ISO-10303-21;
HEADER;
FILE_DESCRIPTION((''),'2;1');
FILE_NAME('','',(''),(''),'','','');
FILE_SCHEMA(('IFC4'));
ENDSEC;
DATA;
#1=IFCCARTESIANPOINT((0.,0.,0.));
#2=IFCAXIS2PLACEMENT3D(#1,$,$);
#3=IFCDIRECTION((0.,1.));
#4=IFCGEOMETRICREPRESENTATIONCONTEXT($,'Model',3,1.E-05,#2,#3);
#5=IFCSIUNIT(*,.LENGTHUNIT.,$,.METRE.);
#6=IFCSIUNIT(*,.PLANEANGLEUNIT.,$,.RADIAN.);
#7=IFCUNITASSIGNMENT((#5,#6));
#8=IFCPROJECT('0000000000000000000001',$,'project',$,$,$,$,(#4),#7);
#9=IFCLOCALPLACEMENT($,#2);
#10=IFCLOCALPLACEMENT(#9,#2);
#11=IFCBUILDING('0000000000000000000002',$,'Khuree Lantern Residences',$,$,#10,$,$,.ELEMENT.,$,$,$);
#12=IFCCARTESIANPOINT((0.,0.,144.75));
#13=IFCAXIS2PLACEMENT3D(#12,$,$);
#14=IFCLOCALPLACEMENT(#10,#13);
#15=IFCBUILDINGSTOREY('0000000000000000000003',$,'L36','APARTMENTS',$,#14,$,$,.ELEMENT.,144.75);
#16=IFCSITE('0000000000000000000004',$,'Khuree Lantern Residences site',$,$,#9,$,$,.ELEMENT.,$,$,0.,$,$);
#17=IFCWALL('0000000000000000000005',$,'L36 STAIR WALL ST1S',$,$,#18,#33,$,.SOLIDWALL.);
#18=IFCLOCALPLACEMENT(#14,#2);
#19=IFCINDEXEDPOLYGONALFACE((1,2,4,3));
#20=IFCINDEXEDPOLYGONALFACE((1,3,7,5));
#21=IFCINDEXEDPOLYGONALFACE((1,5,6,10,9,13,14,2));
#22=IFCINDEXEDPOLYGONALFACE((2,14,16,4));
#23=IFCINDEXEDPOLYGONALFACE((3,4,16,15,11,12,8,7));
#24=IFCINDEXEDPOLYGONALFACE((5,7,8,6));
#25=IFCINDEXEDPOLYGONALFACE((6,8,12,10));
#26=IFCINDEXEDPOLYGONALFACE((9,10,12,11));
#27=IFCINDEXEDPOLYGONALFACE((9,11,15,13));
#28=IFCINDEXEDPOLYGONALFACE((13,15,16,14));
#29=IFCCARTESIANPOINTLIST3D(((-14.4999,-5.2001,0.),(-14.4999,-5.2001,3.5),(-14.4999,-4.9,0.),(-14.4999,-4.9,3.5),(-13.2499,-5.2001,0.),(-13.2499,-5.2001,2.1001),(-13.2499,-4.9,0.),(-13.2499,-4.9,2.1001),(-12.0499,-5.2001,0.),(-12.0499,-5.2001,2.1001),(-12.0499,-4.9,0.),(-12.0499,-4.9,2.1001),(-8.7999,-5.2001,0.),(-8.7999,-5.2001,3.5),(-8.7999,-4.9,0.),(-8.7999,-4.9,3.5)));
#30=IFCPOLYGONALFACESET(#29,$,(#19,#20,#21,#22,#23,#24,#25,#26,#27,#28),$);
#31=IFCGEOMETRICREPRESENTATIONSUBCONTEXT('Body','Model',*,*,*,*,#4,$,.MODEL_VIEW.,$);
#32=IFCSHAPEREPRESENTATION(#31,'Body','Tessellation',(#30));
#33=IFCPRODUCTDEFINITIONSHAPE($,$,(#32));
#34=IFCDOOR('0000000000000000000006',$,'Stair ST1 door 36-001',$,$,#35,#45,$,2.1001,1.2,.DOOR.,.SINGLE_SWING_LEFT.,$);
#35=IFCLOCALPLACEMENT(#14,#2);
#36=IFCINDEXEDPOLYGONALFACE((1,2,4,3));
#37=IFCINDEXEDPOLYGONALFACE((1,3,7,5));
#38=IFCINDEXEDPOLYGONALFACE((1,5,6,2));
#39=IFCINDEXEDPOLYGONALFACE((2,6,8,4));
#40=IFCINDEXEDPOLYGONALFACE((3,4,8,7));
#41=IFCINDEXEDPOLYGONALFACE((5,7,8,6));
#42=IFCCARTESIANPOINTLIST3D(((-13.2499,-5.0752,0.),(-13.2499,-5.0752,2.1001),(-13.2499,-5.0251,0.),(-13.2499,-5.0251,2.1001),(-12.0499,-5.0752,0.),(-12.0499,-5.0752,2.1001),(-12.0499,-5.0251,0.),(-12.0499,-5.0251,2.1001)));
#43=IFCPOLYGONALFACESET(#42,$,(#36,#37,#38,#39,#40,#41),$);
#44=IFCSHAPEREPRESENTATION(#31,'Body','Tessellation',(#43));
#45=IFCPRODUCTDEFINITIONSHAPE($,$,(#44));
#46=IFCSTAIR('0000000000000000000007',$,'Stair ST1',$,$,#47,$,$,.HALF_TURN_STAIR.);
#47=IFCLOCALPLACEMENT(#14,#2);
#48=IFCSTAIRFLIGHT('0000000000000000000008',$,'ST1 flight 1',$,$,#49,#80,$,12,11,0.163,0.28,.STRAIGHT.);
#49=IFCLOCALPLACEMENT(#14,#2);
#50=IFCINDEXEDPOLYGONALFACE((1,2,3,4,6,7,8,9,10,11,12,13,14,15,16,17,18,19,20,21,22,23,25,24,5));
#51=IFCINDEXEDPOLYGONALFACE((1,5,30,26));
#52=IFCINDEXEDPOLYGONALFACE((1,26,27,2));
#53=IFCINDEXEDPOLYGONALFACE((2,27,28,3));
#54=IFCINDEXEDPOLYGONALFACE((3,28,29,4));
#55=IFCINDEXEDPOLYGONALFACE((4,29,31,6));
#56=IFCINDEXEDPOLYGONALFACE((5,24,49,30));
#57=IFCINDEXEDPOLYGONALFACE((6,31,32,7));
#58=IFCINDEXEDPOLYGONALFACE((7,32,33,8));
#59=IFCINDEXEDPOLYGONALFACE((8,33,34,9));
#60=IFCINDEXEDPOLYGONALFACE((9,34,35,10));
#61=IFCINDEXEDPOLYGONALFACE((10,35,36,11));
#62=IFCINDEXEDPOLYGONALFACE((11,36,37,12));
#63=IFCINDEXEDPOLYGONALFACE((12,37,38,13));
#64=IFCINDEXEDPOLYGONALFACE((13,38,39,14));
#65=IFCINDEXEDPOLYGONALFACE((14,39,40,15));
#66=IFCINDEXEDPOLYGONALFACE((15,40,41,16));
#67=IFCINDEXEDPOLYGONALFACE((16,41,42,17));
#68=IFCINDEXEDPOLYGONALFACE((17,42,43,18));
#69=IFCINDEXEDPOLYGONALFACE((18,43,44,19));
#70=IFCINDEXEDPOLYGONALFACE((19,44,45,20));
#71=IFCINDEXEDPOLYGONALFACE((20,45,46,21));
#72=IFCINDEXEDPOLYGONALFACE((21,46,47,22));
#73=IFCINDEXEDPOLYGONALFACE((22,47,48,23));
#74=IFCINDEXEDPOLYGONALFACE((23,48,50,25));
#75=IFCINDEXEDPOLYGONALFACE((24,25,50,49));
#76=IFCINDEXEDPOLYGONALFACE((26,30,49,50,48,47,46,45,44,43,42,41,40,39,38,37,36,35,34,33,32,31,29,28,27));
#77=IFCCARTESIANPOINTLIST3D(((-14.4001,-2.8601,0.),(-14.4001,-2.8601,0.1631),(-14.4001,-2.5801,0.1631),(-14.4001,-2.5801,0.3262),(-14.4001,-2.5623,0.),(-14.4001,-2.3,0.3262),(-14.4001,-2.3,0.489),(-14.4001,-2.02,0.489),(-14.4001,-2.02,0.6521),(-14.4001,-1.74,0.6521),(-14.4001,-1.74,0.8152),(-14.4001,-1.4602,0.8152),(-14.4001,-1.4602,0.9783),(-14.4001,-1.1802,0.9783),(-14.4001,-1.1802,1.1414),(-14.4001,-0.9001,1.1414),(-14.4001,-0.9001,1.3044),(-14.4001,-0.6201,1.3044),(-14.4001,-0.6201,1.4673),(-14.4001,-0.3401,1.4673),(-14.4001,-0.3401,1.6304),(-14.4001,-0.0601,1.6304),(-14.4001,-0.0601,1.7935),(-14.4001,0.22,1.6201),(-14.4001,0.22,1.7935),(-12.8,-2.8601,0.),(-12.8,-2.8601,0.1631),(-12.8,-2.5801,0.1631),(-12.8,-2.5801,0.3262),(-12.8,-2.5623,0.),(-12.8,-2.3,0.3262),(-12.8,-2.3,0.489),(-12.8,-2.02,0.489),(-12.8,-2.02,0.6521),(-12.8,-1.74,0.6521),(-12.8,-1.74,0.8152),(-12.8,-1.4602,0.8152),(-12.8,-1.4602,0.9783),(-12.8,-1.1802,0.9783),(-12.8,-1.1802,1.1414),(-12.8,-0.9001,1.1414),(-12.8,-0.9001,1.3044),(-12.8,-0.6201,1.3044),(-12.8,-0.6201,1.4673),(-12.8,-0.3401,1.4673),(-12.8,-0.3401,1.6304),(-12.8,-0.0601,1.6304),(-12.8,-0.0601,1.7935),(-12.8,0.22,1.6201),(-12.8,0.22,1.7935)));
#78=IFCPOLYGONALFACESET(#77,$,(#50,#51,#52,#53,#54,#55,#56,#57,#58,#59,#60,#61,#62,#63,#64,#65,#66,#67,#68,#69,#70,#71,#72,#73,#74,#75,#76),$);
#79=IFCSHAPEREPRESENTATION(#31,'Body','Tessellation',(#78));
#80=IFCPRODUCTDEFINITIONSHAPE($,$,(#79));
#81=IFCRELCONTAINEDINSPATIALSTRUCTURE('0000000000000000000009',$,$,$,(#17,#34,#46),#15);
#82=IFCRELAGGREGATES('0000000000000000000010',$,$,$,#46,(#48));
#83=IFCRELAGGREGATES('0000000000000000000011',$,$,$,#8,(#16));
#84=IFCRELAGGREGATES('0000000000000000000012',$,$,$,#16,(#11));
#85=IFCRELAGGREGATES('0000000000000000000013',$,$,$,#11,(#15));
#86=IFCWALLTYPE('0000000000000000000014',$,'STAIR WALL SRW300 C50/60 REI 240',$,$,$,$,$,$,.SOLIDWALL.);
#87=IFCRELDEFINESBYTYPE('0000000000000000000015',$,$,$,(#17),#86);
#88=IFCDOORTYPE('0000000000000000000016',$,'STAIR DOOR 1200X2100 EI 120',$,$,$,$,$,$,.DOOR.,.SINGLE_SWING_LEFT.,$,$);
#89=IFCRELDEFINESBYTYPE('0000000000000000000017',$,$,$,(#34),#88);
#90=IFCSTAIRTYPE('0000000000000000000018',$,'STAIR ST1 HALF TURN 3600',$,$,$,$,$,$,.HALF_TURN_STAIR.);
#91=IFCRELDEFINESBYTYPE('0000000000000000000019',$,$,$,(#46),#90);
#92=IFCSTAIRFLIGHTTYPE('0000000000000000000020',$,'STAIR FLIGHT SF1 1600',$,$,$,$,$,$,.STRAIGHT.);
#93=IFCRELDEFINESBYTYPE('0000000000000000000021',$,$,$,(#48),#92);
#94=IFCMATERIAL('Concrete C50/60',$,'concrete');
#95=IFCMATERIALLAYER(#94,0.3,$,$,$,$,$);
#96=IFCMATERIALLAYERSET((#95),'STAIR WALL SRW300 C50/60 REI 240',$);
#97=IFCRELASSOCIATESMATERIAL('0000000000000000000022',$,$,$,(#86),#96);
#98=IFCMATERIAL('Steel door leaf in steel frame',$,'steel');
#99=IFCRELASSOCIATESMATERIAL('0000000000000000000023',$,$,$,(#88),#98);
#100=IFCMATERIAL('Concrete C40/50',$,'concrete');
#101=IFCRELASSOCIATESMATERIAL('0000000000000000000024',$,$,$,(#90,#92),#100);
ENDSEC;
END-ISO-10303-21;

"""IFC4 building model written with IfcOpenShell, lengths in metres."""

from ifc_helpers import new_model, si_unit, direction, frame, frame_2d, origin, place, context, subcontext, project, spatial, polyline, rectangle, outline, extrude, material, layer, layer_set, type_object, element, fill, aggregate, save


model = new_model("IFC4")

# Units and contexts
model_context = context("Model", 3, precision=1e-05, world=origin(), true_north=direction((0.0, 1.0)))
body_context = subcontext(model_context, "Body", "Model", "MODEL_VIEW")
ifc_project = project(units=[si_unit("LENGTHUNIT", "METRE"), si_unit("PLANEANGLEUNIT", "RADIAN")], contexts=[model_context])

# Site, building, storey
site_placement = place(None, origin())
site = spatial("IfcSite", under=ifc_project, at=site_placement, Name="Khuree Lantern Residences site", CompositionType="ELEMENT", RefElevation=0.0)
building_placement = place(site_placement, origin())
building = spatial("IfcBuilding", under=site, at=building_placement, Name="Khuree Lantern Residences", CompositionType="ELEMENT")
storey_placement = place(building_placement, frame((0.0, 0.0, 144.75)))
storey = spatial("IfcBuildingStorey", under=building, at=storey_placement, Name="L36", Description="APARTMENTS", CompositionType="ELEMENT", Elevation=144.75)

# Shared definitions
ifc_material_1 = material(Name="Steel door leaf in steel frame", Category="steel")

# Shared definitions
ifc_material_2 = material(Name="Concrete C50/60", Category="concrete")
ifc_layer_1 = layer(ifc_material_2, 0.3)
ifc_layer_set_1 = layer_set([ifc_layer_1], Name="STAIR WALL SRW300 C50/60 REI 240")
wall_type_1 = type_object("IfcWallType", Name="STAIR WALL SRW300 C50/60 REI 240", PredefinedType="SOLIDWALL", material=ifc_layer_set_1)

# Wall, opening, door
wall_1_placement = place(storey_placement, frame((-14.5, -5.05, 0.0), z_axis=(0.0, 0.0, 1.0), x_axis=(1.0, 0.0, 0.0)))
wall_1 = element("IfcWall", 1, at=wall_1_placement, inside=storey, type_object=wall_type_1, Name="L36 STAIR WALL ST1S", PredefinedType="SOLIDWALL", context=body_context, shape_type="SweptSolid", body=[
    extrude(rectangle(XDim=5.7, YDim=0.3, at=frame_2d((2.8501, 0.0))), origin(), (0.0, 0.0, 1.0), 3.5),
])
opening_1_placement = place(wall_1_placement, frame((1.25, 0.0, 0.0)))
opening_1 = element("IfcOpeningElement", 2, at=opening_1_placement, cuts=wall_1, PredefinedType="OPENING", context=body_context, shape_type="SweptSolid", body=[
    extrude(rectangle(XDim=1.2, YDim=2.1001, at=frame_2d((0.6001, 1.05))), frame((0.0, 0.1602, 0.0), z_axis=(0.0, -1.0, 0.0), x_axis=(1.0, 0.0, 0.0)), (0.0, 0.0, 1.0), 0.3201),
])
door_type_1 = type_object("IfcDoorType", Name="STAIR DOOR 1200X2100 EI 120", OperationType="SINGLE_SWING_LEFT", PredefinedType="DOOR", material=ifc_material_1)
door_1_placement = place(opening_1_placement, origin())
door_1 = element("IfcDoor", 3, at=door_1_placement, inside=storey, type_object=door_type_1, Name="Stair ST1 door 36-001", OperationType="SINGLE_SWING_LEFT", OverallHeight=2.1001, OverallWidth=1.2, PredefinedType="DOOR", context=body_context, shape_type="SweptSolid", body=[
    extrude(rectangle(XDim=1.2, YDim=2.1001, at=frame_2d((0.6001, 1.05))), frame((0.0, 0.0249, 0.0), z_axis=(0.0, -1.0, 0.0), x_axis=(1.0, 0.0, 0.0)), (0.0, 0.0, 1.0), 0.05),
])
fill(opening_1, door_1)

# Stair, stair flight
ifc_material_3 = material(Name="Concrete C40/50", Category="concrete")
stair_type = type_object("IfcStairType", Name="STAIR ST1 HALF TURN 3600", PredefinedType="HALF_TURN_STAIR", material=ifc_material_3)
stair_placement = place(storey_placement, origin())
stair = element("IfcStair", 4, at=stair_placement, inside=storey, type_object=stair_type, Name="Stair ST1", PredefinedType="HALF_TURN_STAIR")
stair_flight_type = type_object("IfcStairFlightType", Name="STAIR FLIGHT SF1 1600", PredefinedType="STRAIGHT", material=ifc_material_3)
stair_flight_placement = place(storey_placement, frame((-13.6001, -2.8601, 0.0), z_axis=(0.0, 0.0, 1.0), x_axis=(0.0, 1.0, 0.0)))
stair_flight = element("IfcStairFlight", 5, at=stair_flight_placement, type_object=stair_flight_type, Name="ST1 flight 1", NumberOfRisers=12, NumberOfTreads=11, PredefinedType="STRAIGHT", RiserHeight=0.163, TreadLength=0.28, context=body_context, shape_type="SweptSolid", body=[
    extrude(outline(polyline([(0.0, 0.0), (0.0, 0.1631), (0.28, 0.1631), (0.28, 0.3262), (0.5601, 0.3262), (0.5601, 0.489), (0.8401, 0.489), (0.8401, 0.6521), (1.1201, 0.6521), (1.1201, 0.8152), (1.3999, 0.8152), (1.3999, 0.9783), (1.6799, 0.9783), (1.6799, 1.1414), (1.96, 1.1414), (1.96, 1.3044), (2.24, 1.3044), (2.24, 1.4673), (2.52, 1.4673), (2.52, 1.6304), (2.8, 1.6304), (2.8, 1.7935), (3.0801, 1.7935), (3.0801, 1.9565), (3.0801, 1.6201), (0.2979, 0.0), (0.0, 0.0)])), frame((0.0, 0.8, 0.0), z_axis=(0.0, -1.0, 0.0), x_axis=(1.0, 0.0, 0.0)), (0.0, 0.0, 1.0), 1.6001),
])
aggregate(stair, [stair_flight])

save(model, "model.ifc")
